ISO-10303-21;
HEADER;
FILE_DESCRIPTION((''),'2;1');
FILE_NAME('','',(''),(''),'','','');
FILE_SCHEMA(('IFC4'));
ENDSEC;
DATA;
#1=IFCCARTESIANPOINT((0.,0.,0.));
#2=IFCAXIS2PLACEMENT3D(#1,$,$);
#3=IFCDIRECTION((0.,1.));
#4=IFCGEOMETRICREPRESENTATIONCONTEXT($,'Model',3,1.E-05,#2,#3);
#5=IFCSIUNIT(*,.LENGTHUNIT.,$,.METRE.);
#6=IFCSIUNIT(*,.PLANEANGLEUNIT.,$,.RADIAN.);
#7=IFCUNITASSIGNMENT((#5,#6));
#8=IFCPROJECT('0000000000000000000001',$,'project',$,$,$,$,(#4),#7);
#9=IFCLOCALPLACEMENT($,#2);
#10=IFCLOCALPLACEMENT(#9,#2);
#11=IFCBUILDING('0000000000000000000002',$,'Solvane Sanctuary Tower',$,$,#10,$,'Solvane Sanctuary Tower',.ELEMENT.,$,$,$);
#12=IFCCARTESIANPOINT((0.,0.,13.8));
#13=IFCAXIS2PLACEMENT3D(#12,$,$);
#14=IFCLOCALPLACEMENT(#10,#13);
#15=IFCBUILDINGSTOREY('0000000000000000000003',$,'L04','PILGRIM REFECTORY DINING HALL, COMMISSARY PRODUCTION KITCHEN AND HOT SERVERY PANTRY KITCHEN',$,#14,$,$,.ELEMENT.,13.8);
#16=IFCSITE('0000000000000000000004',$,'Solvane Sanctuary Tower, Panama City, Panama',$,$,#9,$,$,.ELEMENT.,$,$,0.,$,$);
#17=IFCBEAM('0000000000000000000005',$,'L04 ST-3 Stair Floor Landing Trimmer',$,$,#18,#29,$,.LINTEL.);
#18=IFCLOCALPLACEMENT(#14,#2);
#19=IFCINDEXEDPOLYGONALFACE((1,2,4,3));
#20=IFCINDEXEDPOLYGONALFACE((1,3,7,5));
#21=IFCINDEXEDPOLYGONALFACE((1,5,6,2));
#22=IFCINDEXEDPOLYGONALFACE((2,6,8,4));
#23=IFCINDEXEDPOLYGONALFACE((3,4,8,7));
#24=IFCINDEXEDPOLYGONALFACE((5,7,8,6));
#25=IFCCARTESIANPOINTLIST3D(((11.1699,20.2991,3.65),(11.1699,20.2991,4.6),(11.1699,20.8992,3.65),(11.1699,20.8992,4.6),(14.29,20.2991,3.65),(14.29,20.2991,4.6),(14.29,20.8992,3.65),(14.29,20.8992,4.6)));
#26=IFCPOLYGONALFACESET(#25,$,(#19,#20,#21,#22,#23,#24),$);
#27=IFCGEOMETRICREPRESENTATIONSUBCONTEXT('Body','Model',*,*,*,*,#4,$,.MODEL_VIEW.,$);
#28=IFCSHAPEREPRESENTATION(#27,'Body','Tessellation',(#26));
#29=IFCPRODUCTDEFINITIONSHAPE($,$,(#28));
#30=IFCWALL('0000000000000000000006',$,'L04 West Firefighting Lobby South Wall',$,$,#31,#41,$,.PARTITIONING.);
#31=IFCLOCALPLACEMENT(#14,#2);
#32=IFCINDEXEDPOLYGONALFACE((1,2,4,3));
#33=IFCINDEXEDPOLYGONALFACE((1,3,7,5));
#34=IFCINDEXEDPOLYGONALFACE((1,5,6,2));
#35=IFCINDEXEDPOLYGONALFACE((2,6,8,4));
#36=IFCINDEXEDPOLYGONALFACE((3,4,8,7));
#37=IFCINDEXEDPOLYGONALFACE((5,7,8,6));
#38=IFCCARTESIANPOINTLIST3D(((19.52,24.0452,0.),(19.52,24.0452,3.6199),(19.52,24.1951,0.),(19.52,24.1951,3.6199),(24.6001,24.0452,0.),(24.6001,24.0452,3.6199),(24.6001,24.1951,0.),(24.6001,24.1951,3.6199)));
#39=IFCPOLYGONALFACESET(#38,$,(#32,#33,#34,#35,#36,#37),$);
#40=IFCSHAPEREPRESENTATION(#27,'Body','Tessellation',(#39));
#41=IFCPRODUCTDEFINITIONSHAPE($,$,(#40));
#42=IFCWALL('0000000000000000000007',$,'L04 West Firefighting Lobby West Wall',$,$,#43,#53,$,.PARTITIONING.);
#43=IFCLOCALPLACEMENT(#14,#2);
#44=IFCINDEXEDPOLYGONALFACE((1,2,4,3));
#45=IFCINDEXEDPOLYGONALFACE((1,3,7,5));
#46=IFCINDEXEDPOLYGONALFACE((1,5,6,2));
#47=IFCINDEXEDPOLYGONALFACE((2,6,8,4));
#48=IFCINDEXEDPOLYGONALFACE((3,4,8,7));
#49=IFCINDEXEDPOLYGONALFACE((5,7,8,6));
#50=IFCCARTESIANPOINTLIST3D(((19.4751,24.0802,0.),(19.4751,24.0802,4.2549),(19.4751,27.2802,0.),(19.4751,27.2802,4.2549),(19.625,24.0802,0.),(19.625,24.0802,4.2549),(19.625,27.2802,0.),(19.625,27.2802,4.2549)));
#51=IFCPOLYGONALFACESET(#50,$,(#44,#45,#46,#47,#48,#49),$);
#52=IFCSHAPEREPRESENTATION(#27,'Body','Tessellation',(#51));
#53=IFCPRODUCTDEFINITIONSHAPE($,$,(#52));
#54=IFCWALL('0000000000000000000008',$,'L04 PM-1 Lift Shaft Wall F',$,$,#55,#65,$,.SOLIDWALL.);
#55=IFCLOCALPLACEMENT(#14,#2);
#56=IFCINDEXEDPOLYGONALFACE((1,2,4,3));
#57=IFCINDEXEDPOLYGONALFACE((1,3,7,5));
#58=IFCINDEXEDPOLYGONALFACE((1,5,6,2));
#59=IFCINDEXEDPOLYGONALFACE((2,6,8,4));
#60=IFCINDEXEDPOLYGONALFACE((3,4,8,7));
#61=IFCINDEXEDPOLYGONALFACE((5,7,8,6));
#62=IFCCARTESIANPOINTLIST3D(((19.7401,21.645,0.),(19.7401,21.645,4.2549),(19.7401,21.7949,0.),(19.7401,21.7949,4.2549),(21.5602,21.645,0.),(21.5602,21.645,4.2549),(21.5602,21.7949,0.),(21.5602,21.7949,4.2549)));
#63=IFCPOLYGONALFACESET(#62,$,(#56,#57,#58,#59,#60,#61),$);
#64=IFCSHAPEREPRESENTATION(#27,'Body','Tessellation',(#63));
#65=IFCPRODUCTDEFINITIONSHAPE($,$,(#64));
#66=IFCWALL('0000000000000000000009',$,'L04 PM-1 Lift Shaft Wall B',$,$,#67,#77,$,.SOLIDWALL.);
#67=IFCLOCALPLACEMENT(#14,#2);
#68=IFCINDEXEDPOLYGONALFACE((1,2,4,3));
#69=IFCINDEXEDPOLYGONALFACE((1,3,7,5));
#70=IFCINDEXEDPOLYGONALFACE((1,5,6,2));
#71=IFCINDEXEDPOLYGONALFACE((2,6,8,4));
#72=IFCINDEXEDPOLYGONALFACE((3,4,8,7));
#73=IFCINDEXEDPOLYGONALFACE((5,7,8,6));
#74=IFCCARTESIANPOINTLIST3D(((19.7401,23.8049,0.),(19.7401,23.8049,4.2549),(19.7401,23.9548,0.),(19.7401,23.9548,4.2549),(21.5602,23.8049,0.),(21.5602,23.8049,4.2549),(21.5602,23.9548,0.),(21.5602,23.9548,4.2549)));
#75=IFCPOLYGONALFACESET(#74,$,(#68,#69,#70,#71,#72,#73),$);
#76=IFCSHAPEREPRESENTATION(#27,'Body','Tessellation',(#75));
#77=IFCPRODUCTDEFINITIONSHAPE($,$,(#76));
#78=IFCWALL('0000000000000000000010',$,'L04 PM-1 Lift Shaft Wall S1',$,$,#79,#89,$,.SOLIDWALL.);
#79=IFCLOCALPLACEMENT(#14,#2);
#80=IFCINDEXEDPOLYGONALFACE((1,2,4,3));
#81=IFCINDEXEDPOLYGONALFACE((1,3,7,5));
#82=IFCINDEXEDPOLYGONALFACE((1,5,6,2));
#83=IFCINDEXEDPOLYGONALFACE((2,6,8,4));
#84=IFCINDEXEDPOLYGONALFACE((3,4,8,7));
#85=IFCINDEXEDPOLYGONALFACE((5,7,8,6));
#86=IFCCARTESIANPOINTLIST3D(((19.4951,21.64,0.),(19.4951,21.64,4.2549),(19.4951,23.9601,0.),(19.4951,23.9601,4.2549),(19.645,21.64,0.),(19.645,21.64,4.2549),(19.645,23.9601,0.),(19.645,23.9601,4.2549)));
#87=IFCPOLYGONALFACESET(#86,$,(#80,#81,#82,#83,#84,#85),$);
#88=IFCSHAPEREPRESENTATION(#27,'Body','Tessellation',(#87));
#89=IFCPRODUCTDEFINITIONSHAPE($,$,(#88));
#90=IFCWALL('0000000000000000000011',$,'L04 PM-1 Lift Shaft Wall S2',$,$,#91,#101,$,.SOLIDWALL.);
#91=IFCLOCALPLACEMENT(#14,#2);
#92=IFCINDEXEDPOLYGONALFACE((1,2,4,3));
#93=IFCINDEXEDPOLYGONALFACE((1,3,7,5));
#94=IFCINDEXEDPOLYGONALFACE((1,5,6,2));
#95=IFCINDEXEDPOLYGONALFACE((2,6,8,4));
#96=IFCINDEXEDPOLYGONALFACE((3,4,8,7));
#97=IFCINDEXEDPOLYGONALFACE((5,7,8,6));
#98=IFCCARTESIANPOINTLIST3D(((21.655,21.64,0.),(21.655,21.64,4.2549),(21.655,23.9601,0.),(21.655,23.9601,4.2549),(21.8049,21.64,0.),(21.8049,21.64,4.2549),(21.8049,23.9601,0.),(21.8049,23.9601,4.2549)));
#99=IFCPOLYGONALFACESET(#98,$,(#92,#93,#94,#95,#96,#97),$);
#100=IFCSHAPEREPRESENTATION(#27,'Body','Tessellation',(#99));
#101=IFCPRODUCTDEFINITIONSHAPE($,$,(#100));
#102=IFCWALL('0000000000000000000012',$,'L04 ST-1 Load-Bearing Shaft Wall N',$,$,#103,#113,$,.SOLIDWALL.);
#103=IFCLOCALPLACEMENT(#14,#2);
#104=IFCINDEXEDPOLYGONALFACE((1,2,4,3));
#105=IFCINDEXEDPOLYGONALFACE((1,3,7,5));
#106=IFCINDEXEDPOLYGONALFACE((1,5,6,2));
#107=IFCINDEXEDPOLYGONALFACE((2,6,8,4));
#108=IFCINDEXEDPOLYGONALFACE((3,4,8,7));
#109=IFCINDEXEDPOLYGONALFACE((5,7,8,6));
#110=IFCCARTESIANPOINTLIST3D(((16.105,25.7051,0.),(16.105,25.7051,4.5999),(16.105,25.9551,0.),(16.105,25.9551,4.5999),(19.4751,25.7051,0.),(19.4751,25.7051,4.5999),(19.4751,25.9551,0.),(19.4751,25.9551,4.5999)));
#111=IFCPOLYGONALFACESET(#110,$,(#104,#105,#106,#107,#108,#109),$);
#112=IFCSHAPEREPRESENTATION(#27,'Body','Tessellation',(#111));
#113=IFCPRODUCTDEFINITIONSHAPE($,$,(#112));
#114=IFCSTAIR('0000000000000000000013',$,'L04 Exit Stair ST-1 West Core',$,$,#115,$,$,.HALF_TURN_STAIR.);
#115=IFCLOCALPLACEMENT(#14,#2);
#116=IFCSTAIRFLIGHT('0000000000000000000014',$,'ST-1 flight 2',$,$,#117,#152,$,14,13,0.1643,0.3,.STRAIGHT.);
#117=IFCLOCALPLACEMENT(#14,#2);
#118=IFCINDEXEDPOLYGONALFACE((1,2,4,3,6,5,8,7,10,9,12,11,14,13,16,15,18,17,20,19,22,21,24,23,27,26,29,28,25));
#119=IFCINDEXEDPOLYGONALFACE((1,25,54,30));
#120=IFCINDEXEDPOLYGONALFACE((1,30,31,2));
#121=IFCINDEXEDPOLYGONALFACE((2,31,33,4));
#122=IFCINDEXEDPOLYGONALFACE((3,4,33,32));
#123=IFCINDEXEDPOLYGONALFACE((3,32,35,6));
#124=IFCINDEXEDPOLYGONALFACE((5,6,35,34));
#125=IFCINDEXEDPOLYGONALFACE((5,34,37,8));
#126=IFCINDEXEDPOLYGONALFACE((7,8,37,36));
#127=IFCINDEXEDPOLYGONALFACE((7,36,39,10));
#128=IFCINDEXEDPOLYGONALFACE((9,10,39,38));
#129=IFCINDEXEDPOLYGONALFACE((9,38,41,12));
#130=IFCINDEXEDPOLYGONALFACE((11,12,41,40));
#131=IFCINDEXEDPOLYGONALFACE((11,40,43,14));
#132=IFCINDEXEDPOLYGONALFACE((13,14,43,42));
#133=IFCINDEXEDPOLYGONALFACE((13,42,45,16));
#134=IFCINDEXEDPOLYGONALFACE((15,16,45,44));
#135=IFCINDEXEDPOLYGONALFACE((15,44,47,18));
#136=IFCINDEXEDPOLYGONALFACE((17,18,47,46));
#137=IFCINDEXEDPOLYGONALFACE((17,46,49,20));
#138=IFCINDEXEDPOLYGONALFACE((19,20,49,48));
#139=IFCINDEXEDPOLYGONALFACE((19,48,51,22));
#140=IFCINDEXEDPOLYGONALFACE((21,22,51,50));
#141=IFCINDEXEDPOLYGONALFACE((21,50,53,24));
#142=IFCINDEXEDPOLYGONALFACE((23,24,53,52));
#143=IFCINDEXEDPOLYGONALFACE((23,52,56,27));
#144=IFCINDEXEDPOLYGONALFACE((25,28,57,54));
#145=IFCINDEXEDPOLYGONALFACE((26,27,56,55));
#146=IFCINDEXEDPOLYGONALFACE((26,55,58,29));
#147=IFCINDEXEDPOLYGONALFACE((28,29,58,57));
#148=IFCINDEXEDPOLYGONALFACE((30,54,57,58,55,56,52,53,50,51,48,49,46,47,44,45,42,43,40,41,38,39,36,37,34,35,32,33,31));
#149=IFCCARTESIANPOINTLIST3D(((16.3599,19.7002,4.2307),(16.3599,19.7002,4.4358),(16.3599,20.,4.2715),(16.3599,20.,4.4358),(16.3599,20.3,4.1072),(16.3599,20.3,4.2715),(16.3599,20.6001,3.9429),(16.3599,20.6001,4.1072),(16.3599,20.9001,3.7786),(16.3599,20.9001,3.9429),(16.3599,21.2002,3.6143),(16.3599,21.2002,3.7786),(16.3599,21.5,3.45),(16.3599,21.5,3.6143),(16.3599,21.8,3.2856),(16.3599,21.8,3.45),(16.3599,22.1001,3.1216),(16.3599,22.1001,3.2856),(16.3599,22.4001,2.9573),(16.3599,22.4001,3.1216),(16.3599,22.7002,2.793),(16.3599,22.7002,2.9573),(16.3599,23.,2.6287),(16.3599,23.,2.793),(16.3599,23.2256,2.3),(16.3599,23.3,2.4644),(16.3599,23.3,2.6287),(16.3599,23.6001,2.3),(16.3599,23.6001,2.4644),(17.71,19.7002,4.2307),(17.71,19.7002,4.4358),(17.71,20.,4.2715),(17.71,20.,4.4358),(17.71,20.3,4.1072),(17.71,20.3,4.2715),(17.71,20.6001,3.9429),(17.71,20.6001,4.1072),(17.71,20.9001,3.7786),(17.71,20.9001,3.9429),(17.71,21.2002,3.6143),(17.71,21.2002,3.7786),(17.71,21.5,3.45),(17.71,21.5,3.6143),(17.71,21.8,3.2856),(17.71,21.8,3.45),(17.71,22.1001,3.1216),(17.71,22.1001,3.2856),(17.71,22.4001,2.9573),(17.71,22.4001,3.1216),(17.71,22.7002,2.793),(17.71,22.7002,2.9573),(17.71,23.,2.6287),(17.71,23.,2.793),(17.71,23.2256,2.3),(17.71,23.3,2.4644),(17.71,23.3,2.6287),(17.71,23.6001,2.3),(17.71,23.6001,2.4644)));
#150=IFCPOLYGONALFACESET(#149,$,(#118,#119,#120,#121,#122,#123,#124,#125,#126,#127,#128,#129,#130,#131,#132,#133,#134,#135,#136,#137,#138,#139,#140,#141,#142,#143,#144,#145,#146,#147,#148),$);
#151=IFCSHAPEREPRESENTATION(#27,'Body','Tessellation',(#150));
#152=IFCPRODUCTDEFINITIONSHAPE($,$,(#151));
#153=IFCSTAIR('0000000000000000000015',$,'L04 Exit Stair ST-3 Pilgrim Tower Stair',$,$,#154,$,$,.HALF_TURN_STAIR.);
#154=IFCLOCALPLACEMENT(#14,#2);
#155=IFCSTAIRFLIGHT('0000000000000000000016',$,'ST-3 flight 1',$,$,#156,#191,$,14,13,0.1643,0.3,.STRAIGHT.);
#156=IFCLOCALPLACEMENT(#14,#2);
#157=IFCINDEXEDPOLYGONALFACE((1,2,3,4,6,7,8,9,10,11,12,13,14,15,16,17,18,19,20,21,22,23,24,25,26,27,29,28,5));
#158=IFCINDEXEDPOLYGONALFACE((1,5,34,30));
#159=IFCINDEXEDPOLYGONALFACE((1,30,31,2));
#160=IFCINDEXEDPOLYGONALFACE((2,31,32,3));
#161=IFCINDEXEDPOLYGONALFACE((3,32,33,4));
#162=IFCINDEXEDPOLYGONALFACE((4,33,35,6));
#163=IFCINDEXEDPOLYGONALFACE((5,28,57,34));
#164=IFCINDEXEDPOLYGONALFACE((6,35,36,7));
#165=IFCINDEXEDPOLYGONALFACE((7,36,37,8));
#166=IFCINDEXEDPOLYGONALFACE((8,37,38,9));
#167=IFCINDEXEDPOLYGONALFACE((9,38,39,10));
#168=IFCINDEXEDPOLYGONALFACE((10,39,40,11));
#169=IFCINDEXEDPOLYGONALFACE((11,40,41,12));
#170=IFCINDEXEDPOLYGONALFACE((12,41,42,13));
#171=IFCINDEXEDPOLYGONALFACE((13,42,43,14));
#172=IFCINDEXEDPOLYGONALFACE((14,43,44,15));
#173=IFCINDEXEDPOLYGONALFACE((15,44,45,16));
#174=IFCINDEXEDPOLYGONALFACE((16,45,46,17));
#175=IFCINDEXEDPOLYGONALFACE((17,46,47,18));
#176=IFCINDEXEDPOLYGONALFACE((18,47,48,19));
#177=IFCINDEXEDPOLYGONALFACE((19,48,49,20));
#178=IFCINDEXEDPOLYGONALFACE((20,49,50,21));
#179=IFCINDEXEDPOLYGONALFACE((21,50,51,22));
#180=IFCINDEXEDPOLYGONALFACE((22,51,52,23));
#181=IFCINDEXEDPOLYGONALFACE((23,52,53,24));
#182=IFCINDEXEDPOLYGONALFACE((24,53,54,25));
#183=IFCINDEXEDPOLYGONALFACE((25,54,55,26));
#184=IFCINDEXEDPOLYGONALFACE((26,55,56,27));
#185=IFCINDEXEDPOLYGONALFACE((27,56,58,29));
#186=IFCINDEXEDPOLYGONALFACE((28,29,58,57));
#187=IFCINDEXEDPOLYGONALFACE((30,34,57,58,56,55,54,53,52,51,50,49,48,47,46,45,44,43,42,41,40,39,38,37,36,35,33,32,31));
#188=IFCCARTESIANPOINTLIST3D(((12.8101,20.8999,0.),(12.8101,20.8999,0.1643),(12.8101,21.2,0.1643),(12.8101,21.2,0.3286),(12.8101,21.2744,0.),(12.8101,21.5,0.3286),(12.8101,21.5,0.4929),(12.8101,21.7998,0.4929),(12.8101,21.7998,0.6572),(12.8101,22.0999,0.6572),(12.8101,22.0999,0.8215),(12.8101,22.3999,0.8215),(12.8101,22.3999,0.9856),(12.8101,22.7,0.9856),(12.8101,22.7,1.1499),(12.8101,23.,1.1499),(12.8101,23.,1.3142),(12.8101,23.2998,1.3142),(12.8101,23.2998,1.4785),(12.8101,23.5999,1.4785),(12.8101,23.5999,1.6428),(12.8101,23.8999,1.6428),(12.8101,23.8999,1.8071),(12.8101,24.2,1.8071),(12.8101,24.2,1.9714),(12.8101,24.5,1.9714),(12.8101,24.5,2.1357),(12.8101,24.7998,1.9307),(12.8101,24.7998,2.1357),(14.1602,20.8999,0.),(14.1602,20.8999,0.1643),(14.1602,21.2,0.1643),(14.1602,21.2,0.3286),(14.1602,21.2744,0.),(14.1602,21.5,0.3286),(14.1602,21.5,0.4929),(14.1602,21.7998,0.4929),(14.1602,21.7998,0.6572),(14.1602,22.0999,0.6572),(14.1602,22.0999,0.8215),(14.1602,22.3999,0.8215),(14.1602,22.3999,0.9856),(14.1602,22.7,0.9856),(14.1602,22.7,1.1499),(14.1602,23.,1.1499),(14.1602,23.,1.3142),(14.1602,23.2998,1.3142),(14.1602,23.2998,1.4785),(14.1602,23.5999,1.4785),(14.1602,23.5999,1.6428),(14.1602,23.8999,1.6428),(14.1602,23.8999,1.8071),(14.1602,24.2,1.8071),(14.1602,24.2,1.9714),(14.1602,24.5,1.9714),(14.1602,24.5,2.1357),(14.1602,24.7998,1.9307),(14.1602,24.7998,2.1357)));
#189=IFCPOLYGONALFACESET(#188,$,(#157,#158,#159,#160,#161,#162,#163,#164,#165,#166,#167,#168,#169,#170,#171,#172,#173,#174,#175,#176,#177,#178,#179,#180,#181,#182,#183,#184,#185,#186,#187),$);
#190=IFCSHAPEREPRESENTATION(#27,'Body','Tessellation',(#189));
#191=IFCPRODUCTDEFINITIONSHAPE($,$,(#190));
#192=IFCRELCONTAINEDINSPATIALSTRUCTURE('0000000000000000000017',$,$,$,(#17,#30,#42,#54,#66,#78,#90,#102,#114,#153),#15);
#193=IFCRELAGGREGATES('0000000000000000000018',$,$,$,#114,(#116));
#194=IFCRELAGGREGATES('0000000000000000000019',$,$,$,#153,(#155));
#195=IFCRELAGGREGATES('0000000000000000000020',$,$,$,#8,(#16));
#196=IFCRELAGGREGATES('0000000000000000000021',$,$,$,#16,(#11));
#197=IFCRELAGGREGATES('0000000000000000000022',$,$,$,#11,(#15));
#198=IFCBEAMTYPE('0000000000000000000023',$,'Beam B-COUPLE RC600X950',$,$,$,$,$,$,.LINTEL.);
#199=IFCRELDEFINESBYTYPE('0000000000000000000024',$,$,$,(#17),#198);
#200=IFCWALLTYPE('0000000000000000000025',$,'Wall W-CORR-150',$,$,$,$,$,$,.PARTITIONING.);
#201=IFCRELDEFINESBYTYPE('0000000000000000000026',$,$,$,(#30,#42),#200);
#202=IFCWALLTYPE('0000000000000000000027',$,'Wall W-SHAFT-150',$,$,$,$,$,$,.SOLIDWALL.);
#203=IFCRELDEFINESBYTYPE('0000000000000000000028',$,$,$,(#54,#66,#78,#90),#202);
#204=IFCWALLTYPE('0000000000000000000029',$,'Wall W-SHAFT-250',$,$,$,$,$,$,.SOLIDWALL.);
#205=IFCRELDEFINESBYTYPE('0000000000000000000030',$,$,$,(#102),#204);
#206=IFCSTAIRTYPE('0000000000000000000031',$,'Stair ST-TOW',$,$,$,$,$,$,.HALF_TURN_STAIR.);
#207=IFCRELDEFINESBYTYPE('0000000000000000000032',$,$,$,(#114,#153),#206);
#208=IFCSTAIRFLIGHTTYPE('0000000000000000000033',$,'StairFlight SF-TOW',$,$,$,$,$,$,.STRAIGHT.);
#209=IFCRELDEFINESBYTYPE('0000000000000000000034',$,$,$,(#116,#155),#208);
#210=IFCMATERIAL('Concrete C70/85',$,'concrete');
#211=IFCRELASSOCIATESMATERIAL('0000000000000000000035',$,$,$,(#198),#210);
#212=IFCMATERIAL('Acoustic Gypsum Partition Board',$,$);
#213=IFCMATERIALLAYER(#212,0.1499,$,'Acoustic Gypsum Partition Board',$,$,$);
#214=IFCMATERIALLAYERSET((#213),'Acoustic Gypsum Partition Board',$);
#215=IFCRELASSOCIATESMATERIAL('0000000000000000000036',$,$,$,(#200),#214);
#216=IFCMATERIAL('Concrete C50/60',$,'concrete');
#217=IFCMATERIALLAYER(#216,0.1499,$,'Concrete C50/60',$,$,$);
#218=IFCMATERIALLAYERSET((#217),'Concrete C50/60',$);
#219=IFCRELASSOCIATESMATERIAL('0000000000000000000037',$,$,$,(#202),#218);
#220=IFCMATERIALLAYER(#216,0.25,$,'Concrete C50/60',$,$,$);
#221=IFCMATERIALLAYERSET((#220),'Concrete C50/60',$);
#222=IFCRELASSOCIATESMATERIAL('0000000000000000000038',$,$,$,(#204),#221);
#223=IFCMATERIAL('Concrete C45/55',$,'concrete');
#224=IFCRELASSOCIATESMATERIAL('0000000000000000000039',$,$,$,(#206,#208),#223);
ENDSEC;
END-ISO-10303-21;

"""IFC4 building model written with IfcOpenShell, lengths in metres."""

from ifc_helpers import new_model, si_unit, direction, frame, frame_2d, origin, origin_2d, place, context, subcontext, project, spatial, polyline, rectangle, outline, extrude, material, layer, layer_set, material_profile, profile_set, type_object, element, aggregate, save


model = new_model("IFC4")

# Units and contexts
model_context = context("Model", 3, precision=1e-05, world=origin(), true_north=direction((0.0, 1.0)))
body_context = subcontext(model_context, "Body", "Model", "MODEL_VIEW")
ifc_project = project(units=[si_unit("LENGTHUNIT", "METRE"), si_unit("PLANEANGLEUNIT", "RADIAN")], contexts=[model_context])

# Site, building, storey
site_placement = place(None, origin())
site = spatial("IfcSite", under=ifc_project, at=site_placement, Name="Solvane Sanctuary Tower, Panama City, Panama", CompositionType="ELEMENT", RefElevation=0.0)
building_placement = place(site_placement, origin())
building = spatial("IfcBuilding", under=site, at=building_placement, Name="Solvane Sanctuary Tower", LongName="Solvane Sanctuary Tower", CompositionType="ELEMENT")
storey_placement = place(building_placement, frame((0.0, 0.0, 13.8)))
storey = spatial("IfcBuildingStorey", under=building, at=storey_placement, Name="L04", Description="PILGRIM REFECTORY DINING HALL, COMMISSARY PRODUCTION KITCHEN AND HOT SERVERY PANTRY KITCHEN", CompositionType="ELEMENT", Elevation=13.8)

# Beam
ifc_material_1 = material(Name="Concrete C70/85", Category="concrete")
ifc_material_profile = material_profile(ifc_material_1, rectangle(XDim=0.6001, YDim=0.95, at=origin_2d()), Name="RC600X950")
ifc_profile_set = profile_set([ifc_material_profile], Name="Concrete C70/85")
beam_type = type_object("IfcBeamType", Name="Beam B-COUPLE RC600X950", PredefinedType="LINTEL", material=ifc_profile_set)
beam_placement = place(storey_placement, frame((11.1699, 20.5991, 4.125), z_axis=(1.0, 0.0, 0.0), x_axis=(0.0, 1.0, 0.0)))
element("IfcBeam", 1, at=beam_placement, inside=storey, type_object=beam_type, Name="L04 ST-3 Stair Floor Landing Trimmer", PredefinedType="LINTEL", context=body_context, shape_type="SweptSolid", body=[
    extrude(rectangle(XDim=0.6001, YDim=0.95, at=origin_2d()), origin(), (0.0, 0.0, 1.0), 3.1201),
])

# Walls
ifc_material_2 = material(Name="Acoustic Gypsum Partition Board")
ifc_layer_1 = layer(ifc_material_2, 0.1499, Name="Acoustic Gypsum Partition Board")
ifc_layer_set_1 = layer_set([ifc_layer_1], Name="Acoustic Gypsum Partition Board")
wall_type_1 = type_object("IfcWallType", Name="Wall W-CORR-150", PredefinedType="PARTITIONING", material=ifc_layer_set_1)
wall_1_placement = place(storey_placement, frame((19.52, 24.1201, 0.0), z_axis=(0.0, 0.0, 1.0), x_axis=(1.0, 0.0, 0.0)))
element("IfcWall", 2, at=wall_1_placement, inside=storey, type_object=wall_type_1, Name="L04 West Firefighting Lobby South Wall", PredefinedType="PARTITIONING", context=body_context, shape_type="SweptSolid", body=[
    extrude(rectangle(XDim=5.0801, YDim=0.1499, at=frame_2d((2.54, 0.0))), origin(), (0.0, 0.0, 1.0), 3.6199),
])
wall_2_placement = place(storey_placement, frame((19.55, 24.0801, 0.0), z_axis=(0.0, 0.0, 1.0), x_axis=(0.0, 1.0, 0.0)))
element("IfcWall", 3, at=wall_2_placement, inside=storey, type_object=wall_type_1, Name="L04 West Firefighting Lobby West Wall", PredefinedType="PARTITIONING", context=body_context, shape_type="SweptSolid", body=[
    extrude(rectangle(XDim=3.2, YDim=0.1499, at=frame_2d((1.6001, 0.0))), origin(), (0.0, 0.0, 1.0), 4.2549),
])
ifc_material_3 = material(Name="Concrete C50/60", Category="concrete")
ifc_layer_2 = layer(ifc_material_3, 0.1499, Name="Concrete C50/60")
ifc_layer_set_2 = layer_set([ifc_layer_2], Name="Concrete C50/60")
wall_type_2 = type_object("IfcWallType", Name="Wall W-SHAFT-150", PredefinedType="SOLIDWALL", material=ifc_layer_set_2)
for number, where, z_axis, x_axis, name in (
    (4, (19.74, 21.72, 0.0), (0.0, 0.0, 1.0), (1.0, 0.0, 0.0), "L04 PM-1 Lift Shaft Wall F"),
    (5, (19.74, 23.8799, 0.0), (0.0, 0.0, 1.0), (1.0, 0.0, 0.0), "L04 PM-1 Lift Shaft Wall B"),
):
    element("IfcWall", number, at=place(storey_placement, frame(where, z_axis=z_axis, x_axis=x_axis)), inside=storey, type_object=wall_type_2, Name=name, PredefinedType="SOLIDWALL", context=body_context, shape_type="SweptSolid", body=[
        extrude(rectangle(XDim=1.8201, YDim=0.1499, at=frame_2d((0.9102, 0.0))), origin(), (0.0, 0.0, 1.0), 4.2549),
    ])
for number, where, z_axis, x_axis, name in (
    (6, (19.5701, 21.6399, 0.0), (0.0, 0.0, 1.0), (0.0, 1.0, 0.0), "L04 PM-1 Lift Shaft Wall S1"),
    (7, (21.73, 21.6399, 0.0), (0.0, 0.0, 1.0), (0.0, 1.0, 0.0), "L04 PM-1 Lift Shaft Wall S2"),
):
    element("IfcWall", number, at=place(storey_placement, frame(where, z_axis=z_axis, x_axis=x_axis)), inside=storey, type_object=wall_type_2, Name=name, PredefinedType="SOLIDWALL", context=body_context, shape_type="SweptSolid", body=[
        extrude(rectangle(XDim=2.3201, YDim=0.1499, at=frame_2d((1.1602, 0.0))), origin(), (0.0, 0.0, 1.0), 4.2549),
    ])
ifc_layer_3 = layer(ifc_material_3, 0.25, Name="Concrete C50/60")
ifc_layer_set_3 = layer_set([ifc_layer_3], Name="Concrete C50/60")
wall_type_3 = type_object("IfcWallType", Name="Wall W-SHAFT-250", PredefinedType="SOLIDWALL", material=ifc_layer_set_3)
wall_3_placement = place(storey_placement, frame((16.105, 25.8301, 0.0), z_axis=(0.0, 0.0, 1.0), x_axis=(1.0, 0.0, 0.0)))
element("IfcWall", 8, at=wall_3_placement, inside=storey, type_object=wall_type_3, Name="L04 ST-1 Load-Bearing Shaft Wall N", PredefinedType="SOLIDWALL", context=body_context, shape_type="SweptSolid", body=[
    extrude(rectangle(XDim=3.3701, YDim=0.25, at=frame_2d((1.6851, 0.0))), origin(), (0.0, 0.0, 1.0), 4.5999),
])

# Stair, stair flight
ifc_material_4 = material(Name="Concrete C45/55", Category="concrete")
stair_type = type_object("IfcStairType", Name="Stair ST-TOW", PredefinedType="HALF_TURN_STAIR", material=ifc_material_4)
stair_1_placement = place(storey_placement, origin())
stair_1 = element("IfcStair", 9, at=stair_1_placement, inside=storey, type_object=stair_type, Name="L04 Exit Stair ST-1 West Core", PredefinedType="HALF_TURN_STAIR")
stair_flight_type = type_object("IfcStairFlightType", Name="StairFlight SF-TOW", PredefinedType="STRAIGHT", material=ifc_material_4)
stair_flight_1_placement = place(storey_placement, frame((17.0349, 23.6001, 2.3), z_axis=(0.0, 0.0, 1.0), x_axis=(0.0, -1.0, 0.0)))
stair_flight_1 = element("IfcStairFlight", 10, at=stair_flight_1_placement, type_object=stair_flight_type, Name="ST-1 flight 2", NumberOfRisers=14, NumberOfTreads=13, PredefinedType="STRAIGHT", RiserHeight=0.1643, TreadLength=0.3, context=body_context, shape_type="SweptSolid", body=[
    extrude(outline(polyline([(0.0, 0.0), (0.0, 0.1643), (0.3, 0.1643), (0.3, 0.3286), (0.6001, 0.3286), (0.6001, 0.4929), (0.8999, 0.4929), (0.8999, 0.6572), (1.2, 0.6572), (1.2, 0.8215), (1.5, 0.8215), (1.5, 0.9856), (1.8, 0.9856), (1.8, 1.1499), (2.1001, 1.1499), (2.1001, 1.3142), (2.3999, 1.3142), (2.3999, 1.4785), (2.7, 1.4785), (2.7, 1.6428), (3.0, 1.6428), (3.0, 1.8071), (3.3, 1.8071), (3.3, 1.9714), (3.6001, 1.9714), (3.6001, 2.1357), (3.8999, 2.1357), (3.8999, 2.3), (3.8999, 1.9307), (0.3745, 0.0), (0.0, 0.0)])), frame((0.0, 0.675, 0.0), z_axis=(0.0, -1.0, 0.0), x_axis=(1.0, 0.0, 0.0)), (0.0, 0.0, 1.0), 1.3501),
])
aggregate(stair_1, [stair_flight_1])

# Stair, stair flight
stair_2_placement = place(storey_placement, origin())
stair_2 = element("IfcStair", 11, at=stair_2_placement, inside=storey, type_object=stair_type, Name="L04 Exit Stair ST-3 Pilgrim Tower Stair", PredefinedType="HALF_TURN_STAIR")
stair_flight_2_placement = place(storey_placement, frame((13.4851, 20.8999, 0.0), z_axis=(0.0, 0.0, 1.0), x_axis=(0.0, 1.0, 0.0)))
stair_flight_2 = element("IfcStairFlight", 12, at=stair_flight_2_placement, type_object=stair_flight_type, Name="ST-3 flight 1", NumberOfRisers=14, NumberOfTreads=13, PredefinedType="STRAIGHT", RiserHeight=0.1643, TreadLength=0.3, context=body_context, shape_type="SweptSolid", body=[
    extrude(outline(polyline([(0.0, 0.0), (0.0, 0.1643), (0.3, 0.1643), (0.3, 0.3286), (0.6001, 0.3286), (0.6001, 0.4929), (0.8999, 0.4929), (0.8999, 0.6572), (1.2, 0.6572), (1.2, 0.8215), (1.5, 0.8215), (1.5, 0.9856), (1.8, 0.9856), (1.8, 1.1499), (2.1001, 1.1499), (2.1001, 1.3142), (2.3999, 1.3142), (2.3999, 1.4785), (2.7, 1.4785), (2.7, 1.6428), (3.0, 1.6428), (3.0, 1.8071), (3.3, 1.8071), (3.3, 1.9714), (3.6001, 1.9714), (3.6001, 2.1357), (3.8999, 2.1357), (3.8999, 2.3), (3.8999, 1.9307), (0.3745, 0.0), (0.0, 0.0)])), frame((0.0, 0.675, 0.0), z_axis=(0.0, -1.0, 0.0), x_axis=(1.0, 0.0, 0.0)), (0.0, 0.0, 1.0), 1.3501),
])
aggregate(stair_2, [stair_flight_2])

save(model, "model.ifc")
